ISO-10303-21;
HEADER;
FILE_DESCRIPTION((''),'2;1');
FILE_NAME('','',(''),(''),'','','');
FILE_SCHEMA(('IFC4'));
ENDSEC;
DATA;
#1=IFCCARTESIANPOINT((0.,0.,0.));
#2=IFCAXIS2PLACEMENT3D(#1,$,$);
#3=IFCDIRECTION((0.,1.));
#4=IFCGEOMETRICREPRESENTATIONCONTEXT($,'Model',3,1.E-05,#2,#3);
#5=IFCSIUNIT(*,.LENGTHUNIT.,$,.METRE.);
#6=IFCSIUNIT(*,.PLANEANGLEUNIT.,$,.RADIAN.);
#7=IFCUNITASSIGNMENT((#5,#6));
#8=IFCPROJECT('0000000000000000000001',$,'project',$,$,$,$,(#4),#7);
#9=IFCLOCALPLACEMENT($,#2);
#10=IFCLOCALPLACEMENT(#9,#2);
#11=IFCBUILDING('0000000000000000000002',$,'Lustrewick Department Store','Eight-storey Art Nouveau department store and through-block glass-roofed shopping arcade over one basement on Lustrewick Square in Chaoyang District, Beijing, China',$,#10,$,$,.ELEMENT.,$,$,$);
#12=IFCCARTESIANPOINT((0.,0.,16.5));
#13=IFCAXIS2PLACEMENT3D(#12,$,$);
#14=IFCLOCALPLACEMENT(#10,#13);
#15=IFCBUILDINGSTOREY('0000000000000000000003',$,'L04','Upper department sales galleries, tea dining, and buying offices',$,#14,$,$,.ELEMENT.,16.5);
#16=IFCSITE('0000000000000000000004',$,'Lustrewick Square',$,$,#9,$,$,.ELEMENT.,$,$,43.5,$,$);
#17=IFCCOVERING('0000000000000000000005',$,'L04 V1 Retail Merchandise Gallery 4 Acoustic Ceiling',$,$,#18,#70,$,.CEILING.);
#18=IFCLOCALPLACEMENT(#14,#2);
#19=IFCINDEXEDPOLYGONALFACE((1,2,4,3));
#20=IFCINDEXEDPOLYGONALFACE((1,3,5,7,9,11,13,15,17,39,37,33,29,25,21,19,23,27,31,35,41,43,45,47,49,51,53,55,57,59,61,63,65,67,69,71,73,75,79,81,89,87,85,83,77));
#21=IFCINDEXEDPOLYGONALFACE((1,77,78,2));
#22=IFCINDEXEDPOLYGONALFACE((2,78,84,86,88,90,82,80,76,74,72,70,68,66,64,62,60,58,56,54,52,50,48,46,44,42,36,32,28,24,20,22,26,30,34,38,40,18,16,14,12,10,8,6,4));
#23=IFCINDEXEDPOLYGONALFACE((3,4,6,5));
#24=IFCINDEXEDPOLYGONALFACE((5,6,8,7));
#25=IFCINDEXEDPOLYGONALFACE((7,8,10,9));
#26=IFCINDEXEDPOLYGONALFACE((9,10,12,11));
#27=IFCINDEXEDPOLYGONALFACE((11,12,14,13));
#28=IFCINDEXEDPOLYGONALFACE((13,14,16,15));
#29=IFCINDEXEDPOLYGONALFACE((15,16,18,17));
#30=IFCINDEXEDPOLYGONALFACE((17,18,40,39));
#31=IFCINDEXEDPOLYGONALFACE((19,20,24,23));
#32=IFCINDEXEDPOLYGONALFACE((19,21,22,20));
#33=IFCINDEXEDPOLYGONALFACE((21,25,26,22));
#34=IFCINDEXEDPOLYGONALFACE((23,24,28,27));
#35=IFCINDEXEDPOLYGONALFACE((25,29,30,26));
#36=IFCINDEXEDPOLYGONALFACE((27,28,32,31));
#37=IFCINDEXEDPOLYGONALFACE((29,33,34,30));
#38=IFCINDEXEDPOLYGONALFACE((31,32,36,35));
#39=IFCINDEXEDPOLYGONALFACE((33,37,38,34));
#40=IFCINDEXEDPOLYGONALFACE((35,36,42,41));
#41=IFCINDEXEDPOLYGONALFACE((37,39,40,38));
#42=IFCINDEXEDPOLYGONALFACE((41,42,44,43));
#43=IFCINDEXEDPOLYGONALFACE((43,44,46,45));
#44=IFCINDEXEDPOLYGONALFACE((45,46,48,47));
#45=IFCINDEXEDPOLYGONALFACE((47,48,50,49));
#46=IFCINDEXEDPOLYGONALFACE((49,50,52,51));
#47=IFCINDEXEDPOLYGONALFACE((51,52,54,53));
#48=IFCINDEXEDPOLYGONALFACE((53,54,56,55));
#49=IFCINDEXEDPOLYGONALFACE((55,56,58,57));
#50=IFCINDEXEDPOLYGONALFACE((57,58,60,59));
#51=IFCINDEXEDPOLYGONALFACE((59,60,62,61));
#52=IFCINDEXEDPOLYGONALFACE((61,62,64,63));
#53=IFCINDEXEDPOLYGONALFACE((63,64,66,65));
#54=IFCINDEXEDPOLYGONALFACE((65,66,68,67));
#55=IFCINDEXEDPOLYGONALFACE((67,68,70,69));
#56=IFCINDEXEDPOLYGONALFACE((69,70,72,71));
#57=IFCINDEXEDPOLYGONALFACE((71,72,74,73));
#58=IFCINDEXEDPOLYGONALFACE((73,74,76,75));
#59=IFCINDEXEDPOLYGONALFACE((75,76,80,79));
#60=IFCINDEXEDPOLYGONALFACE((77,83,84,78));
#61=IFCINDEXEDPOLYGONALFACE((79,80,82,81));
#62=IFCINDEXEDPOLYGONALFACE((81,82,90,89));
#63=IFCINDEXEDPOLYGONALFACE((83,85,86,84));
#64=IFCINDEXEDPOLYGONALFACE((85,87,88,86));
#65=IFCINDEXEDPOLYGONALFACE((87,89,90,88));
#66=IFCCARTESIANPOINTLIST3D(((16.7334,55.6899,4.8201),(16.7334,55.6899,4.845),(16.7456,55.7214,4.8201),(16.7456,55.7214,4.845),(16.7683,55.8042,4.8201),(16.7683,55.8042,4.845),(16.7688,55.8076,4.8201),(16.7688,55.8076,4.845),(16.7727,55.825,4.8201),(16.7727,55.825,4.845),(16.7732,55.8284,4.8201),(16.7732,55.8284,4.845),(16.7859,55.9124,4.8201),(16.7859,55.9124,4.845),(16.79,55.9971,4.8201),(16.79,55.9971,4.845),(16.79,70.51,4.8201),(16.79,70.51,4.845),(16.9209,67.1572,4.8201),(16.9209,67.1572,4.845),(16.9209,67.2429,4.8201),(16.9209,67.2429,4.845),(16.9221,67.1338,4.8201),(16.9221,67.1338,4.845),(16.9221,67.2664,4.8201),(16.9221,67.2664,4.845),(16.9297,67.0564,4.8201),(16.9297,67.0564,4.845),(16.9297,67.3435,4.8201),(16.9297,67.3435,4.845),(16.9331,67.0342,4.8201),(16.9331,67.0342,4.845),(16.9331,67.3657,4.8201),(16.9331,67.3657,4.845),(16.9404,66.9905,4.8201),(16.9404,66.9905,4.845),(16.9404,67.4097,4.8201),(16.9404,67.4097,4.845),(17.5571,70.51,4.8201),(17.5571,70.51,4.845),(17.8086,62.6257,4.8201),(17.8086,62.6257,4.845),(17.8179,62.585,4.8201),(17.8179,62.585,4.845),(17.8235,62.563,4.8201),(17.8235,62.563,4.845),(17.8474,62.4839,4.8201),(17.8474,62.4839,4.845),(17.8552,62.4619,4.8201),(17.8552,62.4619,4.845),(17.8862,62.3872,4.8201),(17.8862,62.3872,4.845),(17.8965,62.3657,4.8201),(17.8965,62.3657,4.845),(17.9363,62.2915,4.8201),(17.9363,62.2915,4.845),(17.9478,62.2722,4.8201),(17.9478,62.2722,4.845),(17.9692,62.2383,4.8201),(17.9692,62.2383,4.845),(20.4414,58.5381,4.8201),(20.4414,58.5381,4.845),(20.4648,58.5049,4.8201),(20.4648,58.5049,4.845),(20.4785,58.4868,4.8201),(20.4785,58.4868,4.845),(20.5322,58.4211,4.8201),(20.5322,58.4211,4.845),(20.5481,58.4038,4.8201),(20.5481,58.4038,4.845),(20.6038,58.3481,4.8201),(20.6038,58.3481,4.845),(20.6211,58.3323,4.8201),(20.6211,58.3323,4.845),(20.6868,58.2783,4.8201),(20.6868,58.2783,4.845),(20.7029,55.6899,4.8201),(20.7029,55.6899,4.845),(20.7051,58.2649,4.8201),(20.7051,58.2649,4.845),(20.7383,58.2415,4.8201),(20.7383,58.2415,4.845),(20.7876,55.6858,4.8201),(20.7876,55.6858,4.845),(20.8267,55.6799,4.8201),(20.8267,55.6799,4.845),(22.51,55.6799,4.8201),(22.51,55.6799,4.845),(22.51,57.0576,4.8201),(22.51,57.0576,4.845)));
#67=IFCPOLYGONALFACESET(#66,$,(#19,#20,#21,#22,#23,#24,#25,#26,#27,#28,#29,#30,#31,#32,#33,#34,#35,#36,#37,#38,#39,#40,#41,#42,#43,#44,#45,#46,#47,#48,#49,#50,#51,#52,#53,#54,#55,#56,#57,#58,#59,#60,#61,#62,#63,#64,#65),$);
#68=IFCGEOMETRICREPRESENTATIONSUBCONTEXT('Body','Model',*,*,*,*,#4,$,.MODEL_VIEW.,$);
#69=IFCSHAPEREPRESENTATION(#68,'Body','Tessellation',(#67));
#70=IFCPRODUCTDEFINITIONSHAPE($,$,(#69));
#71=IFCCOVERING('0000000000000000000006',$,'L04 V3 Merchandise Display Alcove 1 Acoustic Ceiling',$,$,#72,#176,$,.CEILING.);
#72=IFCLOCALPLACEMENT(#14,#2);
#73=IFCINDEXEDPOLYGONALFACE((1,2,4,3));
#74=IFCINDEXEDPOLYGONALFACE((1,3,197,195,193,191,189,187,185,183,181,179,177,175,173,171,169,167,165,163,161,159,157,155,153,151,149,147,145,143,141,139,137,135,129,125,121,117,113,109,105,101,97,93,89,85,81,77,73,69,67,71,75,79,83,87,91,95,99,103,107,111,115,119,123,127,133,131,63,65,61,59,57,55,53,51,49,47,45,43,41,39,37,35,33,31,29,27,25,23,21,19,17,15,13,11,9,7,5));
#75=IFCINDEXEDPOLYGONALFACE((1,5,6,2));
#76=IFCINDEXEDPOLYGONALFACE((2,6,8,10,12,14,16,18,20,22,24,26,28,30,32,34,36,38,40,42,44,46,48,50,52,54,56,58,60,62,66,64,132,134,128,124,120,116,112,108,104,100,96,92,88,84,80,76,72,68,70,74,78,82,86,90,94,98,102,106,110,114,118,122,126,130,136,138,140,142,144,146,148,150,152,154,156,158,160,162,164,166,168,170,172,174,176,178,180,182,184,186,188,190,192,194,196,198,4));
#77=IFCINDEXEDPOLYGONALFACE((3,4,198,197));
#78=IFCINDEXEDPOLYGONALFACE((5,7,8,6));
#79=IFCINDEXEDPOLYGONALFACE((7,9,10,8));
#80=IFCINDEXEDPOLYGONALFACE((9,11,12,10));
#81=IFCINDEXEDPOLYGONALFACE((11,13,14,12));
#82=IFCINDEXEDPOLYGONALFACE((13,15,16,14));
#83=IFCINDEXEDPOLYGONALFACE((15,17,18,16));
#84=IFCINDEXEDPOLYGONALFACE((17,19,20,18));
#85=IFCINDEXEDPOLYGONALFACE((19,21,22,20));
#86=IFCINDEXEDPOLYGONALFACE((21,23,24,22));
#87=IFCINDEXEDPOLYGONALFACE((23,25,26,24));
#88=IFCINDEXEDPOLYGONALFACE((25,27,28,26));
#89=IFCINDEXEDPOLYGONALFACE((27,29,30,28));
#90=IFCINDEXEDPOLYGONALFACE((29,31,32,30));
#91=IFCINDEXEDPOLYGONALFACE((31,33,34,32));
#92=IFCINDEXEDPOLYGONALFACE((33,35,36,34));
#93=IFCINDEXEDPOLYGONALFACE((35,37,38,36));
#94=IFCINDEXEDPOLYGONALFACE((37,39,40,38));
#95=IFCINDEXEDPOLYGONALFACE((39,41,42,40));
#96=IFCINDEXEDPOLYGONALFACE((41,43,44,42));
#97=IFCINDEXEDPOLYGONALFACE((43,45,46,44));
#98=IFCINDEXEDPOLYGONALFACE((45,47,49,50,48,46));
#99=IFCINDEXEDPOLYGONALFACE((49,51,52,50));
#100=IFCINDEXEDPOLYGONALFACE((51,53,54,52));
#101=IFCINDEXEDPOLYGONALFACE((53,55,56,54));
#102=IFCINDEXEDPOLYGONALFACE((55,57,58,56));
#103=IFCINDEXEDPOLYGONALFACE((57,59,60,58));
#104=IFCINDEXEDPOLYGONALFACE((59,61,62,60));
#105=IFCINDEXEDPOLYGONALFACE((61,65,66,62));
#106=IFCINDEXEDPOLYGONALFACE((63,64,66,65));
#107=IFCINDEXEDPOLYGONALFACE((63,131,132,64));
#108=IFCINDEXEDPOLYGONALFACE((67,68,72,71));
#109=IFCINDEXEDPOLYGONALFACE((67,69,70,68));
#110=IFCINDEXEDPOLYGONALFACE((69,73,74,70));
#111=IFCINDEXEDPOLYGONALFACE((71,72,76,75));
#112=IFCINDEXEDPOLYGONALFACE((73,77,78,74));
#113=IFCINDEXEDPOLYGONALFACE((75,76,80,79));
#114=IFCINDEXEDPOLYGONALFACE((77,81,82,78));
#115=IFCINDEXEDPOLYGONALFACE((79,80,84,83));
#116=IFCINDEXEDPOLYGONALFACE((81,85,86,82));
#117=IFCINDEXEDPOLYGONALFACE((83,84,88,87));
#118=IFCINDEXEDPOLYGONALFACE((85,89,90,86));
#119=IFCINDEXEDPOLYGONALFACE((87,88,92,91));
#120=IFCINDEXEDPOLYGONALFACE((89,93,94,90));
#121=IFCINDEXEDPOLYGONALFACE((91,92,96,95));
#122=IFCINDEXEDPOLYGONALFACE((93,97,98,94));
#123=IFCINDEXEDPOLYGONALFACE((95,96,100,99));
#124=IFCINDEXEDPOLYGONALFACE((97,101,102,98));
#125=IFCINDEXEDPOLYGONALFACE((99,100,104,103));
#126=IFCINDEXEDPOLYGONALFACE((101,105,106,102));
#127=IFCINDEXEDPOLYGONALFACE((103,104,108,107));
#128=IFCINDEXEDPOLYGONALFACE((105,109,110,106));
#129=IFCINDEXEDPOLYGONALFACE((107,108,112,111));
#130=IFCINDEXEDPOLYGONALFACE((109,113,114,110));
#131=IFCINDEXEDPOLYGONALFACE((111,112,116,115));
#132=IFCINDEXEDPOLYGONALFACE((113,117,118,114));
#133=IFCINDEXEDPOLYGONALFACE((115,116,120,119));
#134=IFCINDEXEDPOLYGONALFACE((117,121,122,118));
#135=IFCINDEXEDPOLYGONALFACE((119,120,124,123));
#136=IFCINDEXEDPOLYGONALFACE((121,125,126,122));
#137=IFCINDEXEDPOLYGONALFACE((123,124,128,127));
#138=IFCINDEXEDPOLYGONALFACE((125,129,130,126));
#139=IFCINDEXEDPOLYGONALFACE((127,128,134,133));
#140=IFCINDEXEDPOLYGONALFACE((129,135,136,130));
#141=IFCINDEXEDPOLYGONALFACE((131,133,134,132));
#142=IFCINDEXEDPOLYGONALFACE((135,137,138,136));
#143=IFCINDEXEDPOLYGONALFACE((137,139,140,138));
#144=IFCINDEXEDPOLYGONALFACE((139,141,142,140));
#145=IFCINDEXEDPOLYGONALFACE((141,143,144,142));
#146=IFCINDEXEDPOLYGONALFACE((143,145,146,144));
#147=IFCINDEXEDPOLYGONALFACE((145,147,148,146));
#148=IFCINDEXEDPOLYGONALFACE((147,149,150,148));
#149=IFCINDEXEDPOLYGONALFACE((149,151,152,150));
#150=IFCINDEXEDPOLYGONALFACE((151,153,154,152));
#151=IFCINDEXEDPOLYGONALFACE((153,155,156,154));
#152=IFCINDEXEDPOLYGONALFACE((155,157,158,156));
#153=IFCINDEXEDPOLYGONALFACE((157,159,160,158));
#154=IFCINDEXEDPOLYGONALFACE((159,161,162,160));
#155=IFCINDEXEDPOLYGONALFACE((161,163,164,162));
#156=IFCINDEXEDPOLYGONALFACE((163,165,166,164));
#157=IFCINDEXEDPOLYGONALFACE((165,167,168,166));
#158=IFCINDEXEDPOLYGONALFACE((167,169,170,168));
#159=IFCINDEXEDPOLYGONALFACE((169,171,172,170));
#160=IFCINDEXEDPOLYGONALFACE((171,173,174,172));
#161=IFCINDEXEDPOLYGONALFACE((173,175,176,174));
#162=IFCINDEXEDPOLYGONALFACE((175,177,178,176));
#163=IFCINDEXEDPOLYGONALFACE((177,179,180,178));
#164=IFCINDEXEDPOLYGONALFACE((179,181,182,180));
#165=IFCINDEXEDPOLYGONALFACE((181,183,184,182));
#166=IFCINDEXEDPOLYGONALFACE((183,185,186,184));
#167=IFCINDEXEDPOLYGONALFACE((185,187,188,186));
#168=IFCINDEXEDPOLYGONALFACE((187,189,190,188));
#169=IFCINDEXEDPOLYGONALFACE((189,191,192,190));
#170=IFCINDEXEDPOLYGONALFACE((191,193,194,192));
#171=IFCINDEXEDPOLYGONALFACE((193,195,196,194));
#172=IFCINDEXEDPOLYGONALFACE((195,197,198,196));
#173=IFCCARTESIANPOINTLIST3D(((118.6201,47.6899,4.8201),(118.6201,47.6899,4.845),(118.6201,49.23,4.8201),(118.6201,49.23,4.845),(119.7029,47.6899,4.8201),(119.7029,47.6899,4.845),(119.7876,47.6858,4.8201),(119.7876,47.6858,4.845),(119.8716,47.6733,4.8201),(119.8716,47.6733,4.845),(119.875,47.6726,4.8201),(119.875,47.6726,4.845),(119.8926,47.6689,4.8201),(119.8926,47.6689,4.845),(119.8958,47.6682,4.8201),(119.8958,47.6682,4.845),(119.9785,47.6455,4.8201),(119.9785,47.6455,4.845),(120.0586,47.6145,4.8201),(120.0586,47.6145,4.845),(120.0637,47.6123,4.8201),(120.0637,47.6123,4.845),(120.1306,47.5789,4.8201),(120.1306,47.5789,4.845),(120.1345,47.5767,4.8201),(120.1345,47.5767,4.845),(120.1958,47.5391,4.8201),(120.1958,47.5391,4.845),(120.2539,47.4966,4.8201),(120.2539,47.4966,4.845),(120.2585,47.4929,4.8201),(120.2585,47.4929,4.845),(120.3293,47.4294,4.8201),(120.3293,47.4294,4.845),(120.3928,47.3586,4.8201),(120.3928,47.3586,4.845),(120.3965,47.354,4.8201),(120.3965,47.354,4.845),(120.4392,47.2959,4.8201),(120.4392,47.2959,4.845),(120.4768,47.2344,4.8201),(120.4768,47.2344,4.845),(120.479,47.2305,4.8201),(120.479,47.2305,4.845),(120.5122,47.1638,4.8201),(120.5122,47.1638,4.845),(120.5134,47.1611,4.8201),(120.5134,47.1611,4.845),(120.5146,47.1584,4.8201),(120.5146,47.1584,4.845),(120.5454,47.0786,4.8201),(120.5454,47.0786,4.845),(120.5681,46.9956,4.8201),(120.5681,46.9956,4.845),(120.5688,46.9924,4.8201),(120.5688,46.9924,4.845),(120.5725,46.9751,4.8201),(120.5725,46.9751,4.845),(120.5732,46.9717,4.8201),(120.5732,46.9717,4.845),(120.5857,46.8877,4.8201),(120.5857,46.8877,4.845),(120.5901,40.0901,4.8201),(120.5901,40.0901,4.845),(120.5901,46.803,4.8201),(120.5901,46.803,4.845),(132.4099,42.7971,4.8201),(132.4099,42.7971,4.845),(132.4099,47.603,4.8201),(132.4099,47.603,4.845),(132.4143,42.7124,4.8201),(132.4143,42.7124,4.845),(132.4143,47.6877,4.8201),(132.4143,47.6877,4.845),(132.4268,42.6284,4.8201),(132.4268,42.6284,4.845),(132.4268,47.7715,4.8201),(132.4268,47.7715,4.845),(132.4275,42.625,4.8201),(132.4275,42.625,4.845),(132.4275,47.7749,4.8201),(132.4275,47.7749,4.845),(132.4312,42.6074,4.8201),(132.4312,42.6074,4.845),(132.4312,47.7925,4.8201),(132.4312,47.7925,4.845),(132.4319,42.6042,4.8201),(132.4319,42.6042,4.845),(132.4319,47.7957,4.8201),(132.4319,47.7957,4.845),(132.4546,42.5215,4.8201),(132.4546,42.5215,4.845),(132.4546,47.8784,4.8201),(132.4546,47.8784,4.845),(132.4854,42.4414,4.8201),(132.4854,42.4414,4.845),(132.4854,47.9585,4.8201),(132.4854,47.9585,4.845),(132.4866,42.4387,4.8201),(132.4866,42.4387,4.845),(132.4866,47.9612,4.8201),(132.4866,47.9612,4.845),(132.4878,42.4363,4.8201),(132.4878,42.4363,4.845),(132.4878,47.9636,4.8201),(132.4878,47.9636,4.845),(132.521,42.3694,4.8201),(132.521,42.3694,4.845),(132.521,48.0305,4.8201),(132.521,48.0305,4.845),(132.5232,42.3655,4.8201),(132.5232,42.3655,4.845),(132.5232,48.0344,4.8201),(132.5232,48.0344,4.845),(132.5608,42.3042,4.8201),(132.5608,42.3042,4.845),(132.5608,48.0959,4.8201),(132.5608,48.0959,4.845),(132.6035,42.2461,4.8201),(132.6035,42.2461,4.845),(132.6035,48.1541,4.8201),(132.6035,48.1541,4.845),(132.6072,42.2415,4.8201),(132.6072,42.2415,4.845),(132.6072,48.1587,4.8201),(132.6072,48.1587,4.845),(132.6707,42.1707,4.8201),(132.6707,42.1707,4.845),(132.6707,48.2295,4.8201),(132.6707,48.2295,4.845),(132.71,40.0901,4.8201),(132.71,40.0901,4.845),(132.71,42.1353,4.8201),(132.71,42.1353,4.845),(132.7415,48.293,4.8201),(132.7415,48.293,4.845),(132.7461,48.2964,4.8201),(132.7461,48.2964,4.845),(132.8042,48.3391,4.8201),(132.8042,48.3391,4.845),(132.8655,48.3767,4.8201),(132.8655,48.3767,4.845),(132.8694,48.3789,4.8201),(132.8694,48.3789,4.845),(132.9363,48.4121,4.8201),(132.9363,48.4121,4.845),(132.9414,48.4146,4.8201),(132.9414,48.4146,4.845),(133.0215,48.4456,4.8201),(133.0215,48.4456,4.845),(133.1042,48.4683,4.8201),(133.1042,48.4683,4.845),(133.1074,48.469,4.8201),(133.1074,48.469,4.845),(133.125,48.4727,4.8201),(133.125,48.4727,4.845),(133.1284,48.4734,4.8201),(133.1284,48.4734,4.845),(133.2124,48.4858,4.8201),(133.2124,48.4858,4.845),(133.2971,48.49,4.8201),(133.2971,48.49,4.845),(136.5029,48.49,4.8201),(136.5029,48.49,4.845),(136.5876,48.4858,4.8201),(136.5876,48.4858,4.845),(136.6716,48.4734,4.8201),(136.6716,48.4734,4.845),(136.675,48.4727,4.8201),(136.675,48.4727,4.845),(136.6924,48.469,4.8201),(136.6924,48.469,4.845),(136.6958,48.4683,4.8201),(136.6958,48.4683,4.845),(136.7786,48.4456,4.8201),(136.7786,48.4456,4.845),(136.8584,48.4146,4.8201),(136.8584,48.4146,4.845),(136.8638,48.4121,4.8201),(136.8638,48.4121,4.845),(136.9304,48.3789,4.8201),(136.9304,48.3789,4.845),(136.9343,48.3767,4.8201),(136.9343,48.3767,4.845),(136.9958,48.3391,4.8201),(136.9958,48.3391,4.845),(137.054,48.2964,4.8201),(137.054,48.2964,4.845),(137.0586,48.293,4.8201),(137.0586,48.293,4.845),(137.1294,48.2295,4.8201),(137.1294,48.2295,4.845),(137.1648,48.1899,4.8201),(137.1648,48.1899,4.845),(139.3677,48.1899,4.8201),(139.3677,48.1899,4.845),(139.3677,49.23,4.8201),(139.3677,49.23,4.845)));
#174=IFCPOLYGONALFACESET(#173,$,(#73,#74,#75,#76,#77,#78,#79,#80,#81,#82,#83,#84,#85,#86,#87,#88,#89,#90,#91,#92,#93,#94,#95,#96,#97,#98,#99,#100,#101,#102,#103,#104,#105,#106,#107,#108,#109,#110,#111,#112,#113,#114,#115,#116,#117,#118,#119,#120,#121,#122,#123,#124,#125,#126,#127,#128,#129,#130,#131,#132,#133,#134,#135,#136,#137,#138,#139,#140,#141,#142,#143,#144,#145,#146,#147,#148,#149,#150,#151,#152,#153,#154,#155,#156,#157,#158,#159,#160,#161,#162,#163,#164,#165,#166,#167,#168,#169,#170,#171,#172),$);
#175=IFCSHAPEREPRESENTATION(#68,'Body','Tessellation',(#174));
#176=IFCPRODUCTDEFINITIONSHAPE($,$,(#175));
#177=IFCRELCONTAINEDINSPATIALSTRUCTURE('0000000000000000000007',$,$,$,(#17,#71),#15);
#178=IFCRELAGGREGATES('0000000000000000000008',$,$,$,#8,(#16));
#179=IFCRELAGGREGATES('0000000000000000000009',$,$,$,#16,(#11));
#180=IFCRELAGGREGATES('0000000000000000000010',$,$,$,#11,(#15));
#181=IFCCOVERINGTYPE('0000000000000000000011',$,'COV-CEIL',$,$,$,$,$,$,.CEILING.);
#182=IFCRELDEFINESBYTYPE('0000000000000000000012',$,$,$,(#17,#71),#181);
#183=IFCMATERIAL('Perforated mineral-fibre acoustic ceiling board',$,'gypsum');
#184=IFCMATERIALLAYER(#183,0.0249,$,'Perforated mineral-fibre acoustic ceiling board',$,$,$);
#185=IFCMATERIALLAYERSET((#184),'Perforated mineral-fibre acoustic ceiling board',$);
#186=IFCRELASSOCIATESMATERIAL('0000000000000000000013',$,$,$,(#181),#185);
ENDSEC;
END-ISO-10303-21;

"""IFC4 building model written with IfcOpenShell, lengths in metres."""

from ifc_helpers import new_model, si_unit, direction, frame, origin, place, context, subcontext, project, spatial, polyline, outline, extrude, material, layer, layer_set, type_object, element, save


model = new_model("IFC4")

# Units and contexts
model_context = context("Model", 3, precision=1e-05, world=origin(), true_north=direction((0.0, 1.0)))
body_context = subcontext(model_context, "Body", "Model", "MODEL_VIEW")
ifc_project = project(units=[si_unit("LENGTHUNIT", "METRE"), si_unit("PLANEANGLEUNIT", "RADIAN")], contexts=[model_context])

# Site, building, storey
site_placement = place(None, origin())
site = spatial("IfcSite", under=ifc_project, at=site_placement, Name="Lustrewick Square", CompositionType="ELEMENT", RefElevation=43.5)
building_placement = place(site_placement, origin())
building = spatial("IfcBuilding", under=site, at=building_placement, Name="Lustrewick Department Store", Description="Eight-storey Art Nouveau department store and through-block glass-roofed shopping arcade over one basement on Lustrewick Square in Chaoyang District, Beijing, China", CompositionType="ELEMENT")
storey_placement = place(building_placement, frame((0.0, 0.0, 16.5)))
storey = spatial("IfcBuildingStorey", under=building, at=storey_placement, Name="L04", Description="Upper department sales galleries, tea dining, and buying offices", CompositionType="ELEMENT", Elevation=16.5)

# Coverings
ifc_material_1 = material(Name="Perforated mineral-fibre acoustic ceiling board", Category="gypsum")
ifc_layer_1 = layer(ifc_material_1, 0.0249, Name="Perforated mineral-fibre acoustic ceiling board")
ifc_layer_set_1 = layer_set([ifc_layer_1], Name="Perforated mineral-fibre acoustic ceiling board")
covering_type_1 = type_object("IfcCoveringType", Name="COV-CEIL", PredefinedType="CEILING", material=ifc_layer_set_1)
covering_1_placement = place(storey_placement, frame((0.0, 0.0, 4.8201)))
element("IfcCovering", 1, at=covering_1_placement, inside=storey, type_object=covering_type_1, Name="L04 V1 Retail Merchandise Gallery 4 Acoustic Ceiling", PredefinedType="CEILING", context=body_context, shape_type="SweptSolid", body=[
    extrude(outline(polyline([(20.7029, 55.6899), (20.7876, 55.6858), (20.8267, 55.6799), (22.51, 55.6799), (22.51, 57.0576), (20.7383, 58.2415), (20.7051, 58.2649), (20.6868, 58.2783), (20.6211, 58.3323), (20.6038, 58.3481), (20.5481, 58.4038), (20.5322, 58.4211), (20.4785, 58.4868), (20.4648, 58.5049), (20.4414, 58.5381), (17.9692, 62.2383), (17.9478, 62.2722), (17.9363, 62.2915), (17.8965, 62.3657), (17.8862, 62.3872), (17.8552, 62.4619), (17.8474, 62.4839), (17.8235, 62.563), (17.8179, 62.585), (17.8086, 62.6257), (16.9404, 66.9905), (16.9331, 67.0342), (16.9297, 67.0564), (16.9221, 67.1338), (16.9209, 67.1572), (16.9209, 67.2429), (16.9221, 67.2664), (16.9297, 67.3435), (16.9331, 67.3657), (16.9404, 67.4097), (17.5571, 70.51), (16.79, 70.51), (16.79, 55.9971), (16.7859, 55.9124), (16.7732, 55.8284), (16.7727, 55.825), (16.7688, 55.8076), (16.7683, 55.8042), (16.7456, 55.7214), (16.7334, 55.6899), (20.7029, 55.6899)])), origin(), (0.0, 0.0, 1.0), 0.0249),
])
covering_2_placement = place(storey_placement, frame((0.0, 0.0, 4.8201)))
element("IfcCovering", 2, at=covering_2_placement, inside=storey, type_object=covering_type_1, Name="L04 V3 Merchandise Display Alcove 1 Acoustic Ceiling", PredefinedType="CEILING", context=body_context, shape_type="SweptSolid", body=[
    extrude(outline(polyline([(118.6201, 49.23), (118.6201, 47.6899), (119.7029, 47.6899), (119.7876, 47.6858), (119.8716, 47.6733), (119.875, 47.6726), (119.8926, 47.6689), (119.8958, 47.6682), (119.9785, 47.6455), (120.0586, 47.6145), (120.0637, 47.6123), (120.1306, 47.5789), (120.1345, 47.5767), (120.1958, 47.5391), (120.2539, 47.4966), (120.2585, 47.4929), (120.3293, 47.4294), (120.3928, 47.3586), (120.3965, 47.354), (120.4392, 47.2959), (120.4768, 47.2344), (120.479, 47.2305), (120.5122, 47.1638), (120.5134, 47.1611), (120.5146, 47.1584), (120.5454, 47.0786), (120.5681, 46.9956), (120.5688, 46.9924), (120.5725, 46.9751), (120.5732, 46.9717), (120.5857, 46.8877), (120.5901, 46.803), (120.5901, 40.0901), (132.71, 40.0901), (132.71, 42.1353), (132.6707, 42.1707), (132.6072, 42.2415), (132.6035, 42.2461), (132.5608, 42.3042), (132.5232, 42.3655), (132.521, 42.3694), (132.4878, 42.4363), (132.4866, 42.4387), (132.4854, 42.4414), (132.4546, 42.5215), (132.4319, 42.6042), (132.4312, 42.6074), (132.4275, 42.625), (132.4268, 42.6284), (132.4143, 42.7124), (132.4099, 42.7971), (132.4099, 47.603), (132.4143, 47.6877), (132.4268, 47.7715), (132.4275, 47.7749), (132.4312, 47.7925), (132.4319, 47.7957), (132.4546, 47.8784), (132.4854, 47.9585), (132.4866, 47.9612), (132.4878, 47.9636), (132.521, 48.0305), (132.5232, 48.0344), (132.5608, 48.0959), (132.6035, 48.1541), (132.6072, 48.1587), (132.6707, 48.2295), (132.7415, 48.293), (132.7461, 48.2964), (132.8042, 48.3391), (132.8655, 48.3767), (132.8694, 48.3789), (132.9363, 48.4121), (132.9414, 48.4146), (133.0215, 48.4456), (133.1042, 48.4683), (133.1074, 48.469), (133.125, 48.4727), (133.1284, 48.4734), (133.2124, 48.4858), (133.2971, 48.49), (136.5029, 48.49), (136.5876, 48.4858), (136.6716, 48.4734), (136.675, 48.4727), (136.6924, 48.469), (136.6958, 48.4683), (136.7786, 48.4456), (136.8584, 48.4146), (136.8638, 48.4121), (136.9304, 48.3789), (136.9343, 48.3767), (136.9958, 48.3391), (137.054, 48.2964), (137.0586, 48.293), (137.1294, 48.2295), (137.1648, 48.1899), (139.3677, 48.1899), (139.3677, 49.23), (118.6201, 49.23)])), origin(), (0.0, 0.0, 1.0), 0.0249),
])

save(model, "model.ifc")
